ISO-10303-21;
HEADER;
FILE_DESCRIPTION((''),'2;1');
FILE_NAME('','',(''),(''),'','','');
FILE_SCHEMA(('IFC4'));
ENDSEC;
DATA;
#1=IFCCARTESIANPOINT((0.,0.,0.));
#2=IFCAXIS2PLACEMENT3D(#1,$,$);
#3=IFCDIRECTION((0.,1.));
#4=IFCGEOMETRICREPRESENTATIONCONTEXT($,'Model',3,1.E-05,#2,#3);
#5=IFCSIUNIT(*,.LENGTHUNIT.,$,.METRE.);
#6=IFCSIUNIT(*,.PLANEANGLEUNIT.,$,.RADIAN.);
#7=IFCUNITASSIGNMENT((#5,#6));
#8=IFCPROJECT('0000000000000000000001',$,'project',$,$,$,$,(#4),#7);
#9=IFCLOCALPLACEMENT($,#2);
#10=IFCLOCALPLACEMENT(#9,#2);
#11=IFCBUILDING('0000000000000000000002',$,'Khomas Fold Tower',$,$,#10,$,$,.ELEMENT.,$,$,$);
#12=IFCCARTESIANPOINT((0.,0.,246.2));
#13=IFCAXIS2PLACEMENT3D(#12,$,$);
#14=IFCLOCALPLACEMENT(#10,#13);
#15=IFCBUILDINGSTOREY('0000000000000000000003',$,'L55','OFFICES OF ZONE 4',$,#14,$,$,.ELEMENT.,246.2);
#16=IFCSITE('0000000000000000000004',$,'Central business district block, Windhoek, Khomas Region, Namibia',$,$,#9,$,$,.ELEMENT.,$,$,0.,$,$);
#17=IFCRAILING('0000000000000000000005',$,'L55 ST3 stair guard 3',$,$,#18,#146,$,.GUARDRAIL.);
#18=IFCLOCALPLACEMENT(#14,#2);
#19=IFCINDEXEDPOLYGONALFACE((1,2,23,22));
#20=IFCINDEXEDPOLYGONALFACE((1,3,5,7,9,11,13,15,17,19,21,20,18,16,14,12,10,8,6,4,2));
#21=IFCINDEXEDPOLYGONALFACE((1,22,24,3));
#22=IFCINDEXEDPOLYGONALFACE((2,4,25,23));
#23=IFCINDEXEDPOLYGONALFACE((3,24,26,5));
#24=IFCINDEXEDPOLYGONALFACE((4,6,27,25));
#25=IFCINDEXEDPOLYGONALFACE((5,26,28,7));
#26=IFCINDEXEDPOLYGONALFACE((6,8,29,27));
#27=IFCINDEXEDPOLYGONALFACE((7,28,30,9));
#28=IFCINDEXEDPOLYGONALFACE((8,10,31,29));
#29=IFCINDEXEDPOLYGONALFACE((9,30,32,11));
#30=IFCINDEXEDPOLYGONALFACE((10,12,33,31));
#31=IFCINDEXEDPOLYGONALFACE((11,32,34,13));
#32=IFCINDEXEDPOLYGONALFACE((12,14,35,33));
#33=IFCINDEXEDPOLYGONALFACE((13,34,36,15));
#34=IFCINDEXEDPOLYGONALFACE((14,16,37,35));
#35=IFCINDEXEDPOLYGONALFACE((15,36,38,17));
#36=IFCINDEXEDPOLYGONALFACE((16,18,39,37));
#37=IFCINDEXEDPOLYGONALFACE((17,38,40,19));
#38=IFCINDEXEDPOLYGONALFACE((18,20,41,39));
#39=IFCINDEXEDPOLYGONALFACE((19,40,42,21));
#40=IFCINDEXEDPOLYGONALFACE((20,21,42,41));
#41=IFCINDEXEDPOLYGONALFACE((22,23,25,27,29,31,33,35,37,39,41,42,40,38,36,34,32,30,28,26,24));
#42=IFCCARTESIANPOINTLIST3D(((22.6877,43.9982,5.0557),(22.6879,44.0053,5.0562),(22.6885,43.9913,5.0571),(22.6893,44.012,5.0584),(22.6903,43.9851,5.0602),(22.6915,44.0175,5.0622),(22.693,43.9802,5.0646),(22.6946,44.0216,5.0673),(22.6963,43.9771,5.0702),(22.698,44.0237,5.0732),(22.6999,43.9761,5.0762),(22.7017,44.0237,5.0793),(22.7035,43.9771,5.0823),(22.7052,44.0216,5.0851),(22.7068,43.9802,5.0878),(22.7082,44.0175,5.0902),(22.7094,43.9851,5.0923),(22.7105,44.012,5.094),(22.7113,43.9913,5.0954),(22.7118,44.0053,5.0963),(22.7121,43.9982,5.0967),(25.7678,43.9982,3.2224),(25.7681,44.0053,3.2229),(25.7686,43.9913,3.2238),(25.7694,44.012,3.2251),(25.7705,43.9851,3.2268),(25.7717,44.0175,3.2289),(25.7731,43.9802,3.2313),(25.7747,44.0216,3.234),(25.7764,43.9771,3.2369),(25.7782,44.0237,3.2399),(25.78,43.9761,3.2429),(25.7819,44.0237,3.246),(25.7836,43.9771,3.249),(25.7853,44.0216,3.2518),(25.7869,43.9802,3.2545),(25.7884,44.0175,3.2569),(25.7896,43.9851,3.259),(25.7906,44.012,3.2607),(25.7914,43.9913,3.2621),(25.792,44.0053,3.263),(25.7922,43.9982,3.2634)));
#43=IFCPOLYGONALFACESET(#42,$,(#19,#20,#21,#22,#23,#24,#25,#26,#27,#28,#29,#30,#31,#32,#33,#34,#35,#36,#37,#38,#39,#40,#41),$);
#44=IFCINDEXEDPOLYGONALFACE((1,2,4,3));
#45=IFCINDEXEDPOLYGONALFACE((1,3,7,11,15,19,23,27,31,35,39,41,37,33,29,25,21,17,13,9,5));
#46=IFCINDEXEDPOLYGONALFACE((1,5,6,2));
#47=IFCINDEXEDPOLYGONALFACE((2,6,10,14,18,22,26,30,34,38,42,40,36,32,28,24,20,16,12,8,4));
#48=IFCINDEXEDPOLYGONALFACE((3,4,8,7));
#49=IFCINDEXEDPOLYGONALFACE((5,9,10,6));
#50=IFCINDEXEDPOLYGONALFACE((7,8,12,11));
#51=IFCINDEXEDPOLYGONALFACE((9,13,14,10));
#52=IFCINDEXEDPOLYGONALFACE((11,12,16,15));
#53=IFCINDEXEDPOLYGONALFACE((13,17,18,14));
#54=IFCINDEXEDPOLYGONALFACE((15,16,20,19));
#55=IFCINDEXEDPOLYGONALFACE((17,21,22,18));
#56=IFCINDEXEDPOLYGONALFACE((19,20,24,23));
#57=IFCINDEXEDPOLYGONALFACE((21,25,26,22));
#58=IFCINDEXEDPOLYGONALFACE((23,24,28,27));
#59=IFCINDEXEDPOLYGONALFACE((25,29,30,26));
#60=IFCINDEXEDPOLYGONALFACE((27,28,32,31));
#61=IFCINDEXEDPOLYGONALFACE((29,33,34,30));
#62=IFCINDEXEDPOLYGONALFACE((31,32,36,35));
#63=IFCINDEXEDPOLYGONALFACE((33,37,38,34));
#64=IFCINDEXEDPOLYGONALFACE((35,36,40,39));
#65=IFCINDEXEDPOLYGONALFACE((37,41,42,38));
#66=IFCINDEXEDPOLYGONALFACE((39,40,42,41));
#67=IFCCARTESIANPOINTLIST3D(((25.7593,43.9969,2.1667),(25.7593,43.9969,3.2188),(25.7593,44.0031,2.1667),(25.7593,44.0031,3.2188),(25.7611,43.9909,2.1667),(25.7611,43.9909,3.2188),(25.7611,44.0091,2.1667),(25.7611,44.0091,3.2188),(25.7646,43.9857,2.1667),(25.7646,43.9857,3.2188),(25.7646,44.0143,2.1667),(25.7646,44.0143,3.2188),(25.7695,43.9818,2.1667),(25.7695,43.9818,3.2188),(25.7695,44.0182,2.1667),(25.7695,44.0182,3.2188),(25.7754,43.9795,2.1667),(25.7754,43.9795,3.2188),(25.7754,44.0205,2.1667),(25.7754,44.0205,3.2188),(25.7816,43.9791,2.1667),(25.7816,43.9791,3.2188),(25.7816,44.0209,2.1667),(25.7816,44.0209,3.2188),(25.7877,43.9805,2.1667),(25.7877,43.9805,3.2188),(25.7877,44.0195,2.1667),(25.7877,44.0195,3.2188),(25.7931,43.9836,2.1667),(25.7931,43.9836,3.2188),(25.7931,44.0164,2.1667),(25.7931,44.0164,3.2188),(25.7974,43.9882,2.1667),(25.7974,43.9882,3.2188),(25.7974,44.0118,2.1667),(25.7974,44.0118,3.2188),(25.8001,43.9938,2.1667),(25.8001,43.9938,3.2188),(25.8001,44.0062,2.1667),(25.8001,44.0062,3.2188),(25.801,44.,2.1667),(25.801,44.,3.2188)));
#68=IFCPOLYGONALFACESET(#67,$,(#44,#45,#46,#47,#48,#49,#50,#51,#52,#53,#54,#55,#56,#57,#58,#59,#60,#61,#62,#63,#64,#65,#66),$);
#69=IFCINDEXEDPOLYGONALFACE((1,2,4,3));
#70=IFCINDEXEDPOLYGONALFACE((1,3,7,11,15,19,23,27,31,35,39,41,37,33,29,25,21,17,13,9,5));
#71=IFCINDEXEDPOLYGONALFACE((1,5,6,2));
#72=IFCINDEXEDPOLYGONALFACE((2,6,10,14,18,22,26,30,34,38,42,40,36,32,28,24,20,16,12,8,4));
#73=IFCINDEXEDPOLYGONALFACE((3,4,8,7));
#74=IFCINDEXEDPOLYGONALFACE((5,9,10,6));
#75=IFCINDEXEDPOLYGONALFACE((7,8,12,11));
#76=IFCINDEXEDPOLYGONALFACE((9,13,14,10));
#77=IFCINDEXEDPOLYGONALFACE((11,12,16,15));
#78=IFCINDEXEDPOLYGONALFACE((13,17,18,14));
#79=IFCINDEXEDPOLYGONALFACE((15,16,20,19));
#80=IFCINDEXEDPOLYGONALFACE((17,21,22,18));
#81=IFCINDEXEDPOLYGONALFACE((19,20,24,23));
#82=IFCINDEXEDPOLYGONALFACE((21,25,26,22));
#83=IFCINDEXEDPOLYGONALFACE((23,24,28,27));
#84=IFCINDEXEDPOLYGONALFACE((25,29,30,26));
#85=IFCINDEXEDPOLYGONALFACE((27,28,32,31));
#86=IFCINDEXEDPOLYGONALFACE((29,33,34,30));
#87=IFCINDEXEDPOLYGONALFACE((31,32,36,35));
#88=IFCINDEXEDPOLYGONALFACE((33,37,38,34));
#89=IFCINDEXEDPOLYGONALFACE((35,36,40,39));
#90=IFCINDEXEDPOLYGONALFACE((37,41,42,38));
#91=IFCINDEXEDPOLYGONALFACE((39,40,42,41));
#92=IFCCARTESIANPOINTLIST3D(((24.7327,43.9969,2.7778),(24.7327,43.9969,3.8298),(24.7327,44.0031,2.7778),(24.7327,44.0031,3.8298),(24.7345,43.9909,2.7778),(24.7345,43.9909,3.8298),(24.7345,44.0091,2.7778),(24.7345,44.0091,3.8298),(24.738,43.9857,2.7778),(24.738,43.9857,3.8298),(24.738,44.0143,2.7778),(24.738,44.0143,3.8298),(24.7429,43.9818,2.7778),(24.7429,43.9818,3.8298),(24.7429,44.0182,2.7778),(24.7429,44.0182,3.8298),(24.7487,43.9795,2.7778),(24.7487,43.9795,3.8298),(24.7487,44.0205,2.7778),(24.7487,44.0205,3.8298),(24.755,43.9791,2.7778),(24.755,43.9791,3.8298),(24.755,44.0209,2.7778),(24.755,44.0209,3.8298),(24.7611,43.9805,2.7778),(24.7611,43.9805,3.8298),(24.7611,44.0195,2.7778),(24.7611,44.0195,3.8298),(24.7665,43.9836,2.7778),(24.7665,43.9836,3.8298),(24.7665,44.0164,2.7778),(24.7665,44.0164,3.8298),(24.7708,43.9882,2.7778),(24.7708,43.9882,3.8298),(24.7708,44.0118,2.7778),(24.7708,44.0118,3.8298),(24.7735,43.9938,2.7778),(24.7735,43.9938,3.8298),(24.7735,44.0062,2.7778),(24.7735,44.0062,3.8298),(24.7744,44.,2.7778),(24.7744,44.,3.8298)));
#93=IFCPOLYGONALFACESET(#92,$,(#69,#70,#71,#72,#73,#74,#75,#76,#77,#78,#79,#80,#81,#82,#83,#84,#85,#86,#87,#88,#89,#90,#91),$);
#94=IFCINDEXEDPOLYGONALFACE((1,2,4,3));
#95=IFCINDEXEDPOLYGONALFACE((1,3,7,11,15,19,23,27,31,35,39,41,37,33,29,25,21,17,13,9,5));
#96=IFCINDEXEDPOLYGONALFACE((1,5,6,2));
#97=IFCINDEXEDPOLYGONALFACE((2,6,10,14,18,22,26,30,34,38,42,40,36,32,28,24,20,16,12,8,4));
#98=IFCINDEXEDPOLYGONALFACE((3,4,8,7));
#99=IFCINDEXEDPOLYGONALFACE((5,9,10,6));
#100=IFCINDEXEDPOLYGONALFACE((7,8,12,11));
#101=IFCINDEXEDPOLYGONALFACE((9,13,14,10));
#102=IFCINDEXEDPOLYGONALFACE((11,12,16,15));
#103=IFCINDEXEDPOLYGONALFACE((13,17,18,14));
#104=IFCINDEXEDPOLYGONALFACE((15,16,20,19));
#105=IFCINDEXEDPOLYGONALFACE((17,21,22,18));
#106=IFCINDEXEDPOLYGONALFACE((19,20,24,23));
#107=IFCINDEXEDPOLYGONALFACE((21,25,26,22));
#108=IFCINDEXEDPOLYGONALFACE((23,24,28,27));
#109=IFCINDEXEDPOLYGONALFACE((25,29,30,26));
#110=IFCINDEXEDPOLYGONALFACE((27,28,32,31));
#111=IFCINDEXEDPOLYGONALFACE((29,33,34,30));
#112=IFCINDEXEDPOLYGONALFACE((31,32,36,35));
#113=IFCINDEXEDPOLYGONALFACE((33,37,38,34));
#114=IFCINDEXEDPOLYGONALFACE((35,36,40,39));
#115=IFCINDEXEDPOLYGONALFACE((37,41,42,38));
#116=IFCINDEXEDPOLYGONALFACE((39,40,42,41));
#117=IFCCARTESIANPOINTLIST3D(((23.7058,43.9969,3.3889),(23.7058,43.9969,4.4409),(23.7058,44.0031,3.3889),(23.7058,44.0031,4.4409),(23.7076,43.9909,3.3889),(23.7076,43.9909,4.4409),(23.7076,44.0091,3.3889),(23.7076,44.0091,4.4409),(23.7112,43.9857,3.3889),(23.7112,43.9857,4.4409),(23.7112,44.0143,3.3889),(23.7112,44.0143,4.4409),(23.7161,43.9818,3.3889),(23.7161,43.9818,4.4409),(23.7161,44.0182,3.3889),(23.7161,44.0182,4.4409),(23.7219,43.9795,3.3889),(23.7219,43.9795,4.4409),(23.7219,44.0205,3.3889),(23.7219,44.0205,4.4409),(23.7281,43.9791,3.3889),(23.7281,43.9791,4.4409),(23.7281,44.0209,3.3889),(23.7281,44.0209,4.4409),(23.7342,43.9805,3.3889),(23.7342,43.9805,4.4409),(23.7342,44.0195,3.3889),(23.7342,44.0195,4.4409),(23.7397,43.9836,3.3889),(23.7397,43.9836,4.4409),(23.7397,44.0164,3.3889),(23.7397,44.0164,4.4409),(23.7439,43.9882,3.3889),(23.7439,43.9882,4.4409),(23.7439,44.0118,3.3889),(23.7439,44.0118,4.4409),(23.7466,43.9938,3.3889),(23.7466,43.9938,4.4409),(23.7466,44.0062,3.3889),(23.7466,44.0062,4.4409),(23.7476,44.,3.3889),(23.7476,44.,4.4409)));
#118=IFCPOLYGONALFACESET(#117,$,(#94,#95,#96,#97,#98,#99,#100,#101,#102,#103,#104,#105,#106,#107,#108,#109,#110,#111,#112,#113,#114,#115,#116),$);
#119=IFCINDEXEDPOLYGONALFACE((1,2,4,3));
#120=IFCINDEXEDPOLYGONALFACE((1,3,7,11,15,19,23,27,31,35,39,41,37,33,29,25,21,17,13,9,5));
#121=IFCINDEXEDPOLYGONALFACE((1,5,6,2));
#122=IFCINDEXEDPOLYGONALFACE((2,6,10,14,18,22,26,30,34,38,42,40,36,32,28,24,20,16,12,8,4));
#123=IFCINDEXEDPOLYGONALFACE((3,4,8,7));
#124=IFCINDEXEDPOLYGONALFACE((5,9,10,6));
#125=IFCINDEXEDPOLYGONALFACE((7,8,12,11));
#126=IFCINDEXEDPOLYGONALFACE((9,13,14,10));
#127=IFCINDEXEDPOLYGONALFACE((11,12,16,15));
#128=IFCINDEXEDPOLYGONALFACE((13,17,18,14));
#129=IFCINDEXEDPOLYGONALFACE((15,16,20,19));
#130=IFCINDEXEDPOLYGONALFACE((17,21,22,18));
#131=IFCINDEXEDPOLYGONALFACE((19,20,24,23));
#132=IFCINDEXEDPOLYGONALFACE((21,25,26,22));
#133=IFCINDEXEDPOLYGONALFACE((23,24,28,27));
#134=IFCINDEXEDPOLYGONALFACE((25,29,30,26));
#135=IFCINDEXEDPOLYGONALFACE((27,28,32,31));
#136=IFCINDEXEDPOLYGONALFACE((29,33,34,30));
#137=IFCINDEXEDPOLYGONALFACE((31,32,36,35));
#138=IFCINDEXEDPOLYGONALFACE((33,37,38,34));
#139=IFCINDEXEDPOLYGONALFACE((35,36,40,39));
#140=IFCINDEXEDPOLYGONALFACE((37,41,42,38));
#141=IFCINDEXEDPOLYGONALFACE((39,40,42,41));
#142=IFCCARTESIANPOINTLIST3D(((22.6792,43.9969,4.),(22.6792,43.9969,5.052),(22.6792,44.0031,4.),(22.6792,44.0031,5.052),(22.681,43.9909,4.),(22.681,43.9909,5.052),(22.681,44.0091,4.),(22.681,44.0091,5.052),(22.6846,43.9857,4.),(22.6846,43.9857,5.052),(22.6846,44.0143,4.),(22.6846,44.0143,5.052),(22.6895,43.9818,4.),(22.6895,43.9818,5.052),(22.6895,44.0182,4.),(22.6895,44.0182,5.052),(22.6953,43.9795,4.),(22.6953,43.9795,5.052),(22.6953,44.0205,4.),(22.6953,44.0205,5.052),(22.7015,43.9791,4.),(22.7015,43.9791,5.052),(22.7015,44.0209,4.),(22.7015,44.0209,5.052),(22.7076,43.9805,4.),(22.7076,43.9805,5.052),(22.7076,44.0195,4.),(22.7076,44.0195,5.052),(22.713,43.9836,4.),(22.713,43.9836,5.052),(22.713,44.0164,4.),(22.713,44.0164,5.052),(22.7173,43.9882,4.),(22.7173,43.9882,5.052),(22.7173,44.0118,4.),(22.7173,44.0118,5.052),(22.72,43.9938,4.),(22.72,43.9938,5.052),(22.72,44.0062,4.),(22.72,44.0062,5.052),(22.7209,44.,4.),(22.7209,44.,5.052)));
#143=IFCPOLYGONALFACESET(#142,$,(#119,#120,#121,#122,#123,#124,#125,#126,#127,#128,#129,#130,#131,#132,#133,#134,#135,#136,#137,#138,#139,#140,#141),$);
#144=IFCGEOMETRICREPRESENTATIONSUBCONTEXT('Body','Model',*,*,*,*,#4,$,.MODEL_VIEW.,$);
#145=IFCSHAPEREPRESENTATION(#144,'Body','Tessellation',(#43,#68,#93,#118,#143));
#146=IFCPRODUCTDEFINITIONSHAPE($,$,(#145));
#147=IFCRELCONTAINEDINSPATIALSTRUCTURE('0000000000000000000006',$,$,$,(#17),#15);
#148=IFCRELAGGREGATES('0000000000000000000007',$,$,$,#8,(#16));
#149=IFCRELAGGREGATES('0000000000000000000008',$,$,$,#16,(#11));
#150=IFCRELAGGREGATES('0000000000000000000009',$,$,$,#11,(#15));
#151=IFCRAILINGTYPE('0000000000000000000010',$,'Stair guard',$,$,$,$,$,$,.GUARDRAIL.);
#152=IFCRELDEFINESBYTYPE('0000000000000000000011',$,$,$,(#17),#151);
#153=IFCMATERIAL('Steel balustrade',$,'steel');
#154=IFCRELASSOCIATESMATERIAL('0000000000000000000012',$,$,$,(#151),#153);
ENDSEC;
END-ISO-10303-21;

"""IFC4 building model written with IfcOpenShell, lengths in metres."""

from ifc_helpers import new_model, si_unit, direction, frame, origin, origin_2d, place, context, subcontext, project, spatial, circle, extrude, source, transform, mapped, material, type_object, element, save


model = new_model("IFC4")

# Units and contexts
model_context = context("Model", 3, precision=1e-05, world=origin(), true_north=direction((0.0, 1.0)))
body_context = subcontext(model_context, "Body", "Model", "MODEL_VIEW")
ifc_project = project(units=[si_unit("LENGTHUNIT", "METRE"), si_unit("PLANEANGLEUNIT", "RADIAN")], contexts=[model_context])

# Site, building, storey
site_placement = place(None, origin())
site = spatial("IfcSite", under=ifc_project, at=site_placement, Name="Central business district block, Windhoek, Khomas Region, Namibia", CompositionType="ELEMENT", RefElevation=0.0)
building_placement = place(site_placement, origin())
building = spatial("IfcBuilding", under=site, at=building_placement, Name="Khomas Fold Tower", CompositionType="ELEMENT")
storey_placement = place(building_placement, frame((0.0, 0.0, 246.2)))
storey = spatial("IfcBuildingStorey", under=building, at=storey_placement, Name="L55", Description="OFFICES OF ZONE 4", CompositionType="ELEMENT", Elevation=246.2)

# Railing
ifc_material_1 = material(Name="Steel balustrade", Category="steel")
railing_type_1 = type_object("IfcRailingType", Name="Stair guard", PredefinedType="GUARDRAIL", material=ifc_material_1)
shared_shape_1 = source(origin(), body_context, "Body", "SweptSolid", [
    extrude(circle(Radius=0.0239, at=origin_2d()), frame((0.0, 0.0, 1.0762), z_axis=(-0.859309, 0.0, 0.511458), x_axis=(0.0, -1.0, 0.0)), (0.0, 0.0, 1.0), 3.5845),
    extrude(circle(Radius=0.021, at=origin_2d()), origin(), (0.0, 0.0, 1.0), 1.052),
    extrude(circle(Radius=0.021, at=origin_2d()), frame((-1.0266, 0.0, 0.6111)), (0.0, 0.0, 1.0), 1.052),
    extrude(circle(Radius=0.021, at=origin_2d()), frame((-2.0535, 0.0, 1.2222)), (0.0, 0.0, 1.0), 1.052),
    extrude(circle(Radius=0.021, at=origin_2d()), frame((-3.0801, 0.0, 1.8333)), (0.0, 0.0, 1.0), 1.052),
])
railing_1_placement = place(storey_placement, frame((25.78, 44.0, 2.1667)))
element("IfcRailing", 1, at=railing_1_placement, inside=storey, type_object=railing_type_1, Name="L55 ST3 stair guard 3", PredefinedType="GUARDRAIL", context=body_context, shape_type="MappedRepresentation", body=[
    mapped(shared_shape_1, transform((0.0, 0.0, 0.0))),
])

save(model, "model.ifc")
